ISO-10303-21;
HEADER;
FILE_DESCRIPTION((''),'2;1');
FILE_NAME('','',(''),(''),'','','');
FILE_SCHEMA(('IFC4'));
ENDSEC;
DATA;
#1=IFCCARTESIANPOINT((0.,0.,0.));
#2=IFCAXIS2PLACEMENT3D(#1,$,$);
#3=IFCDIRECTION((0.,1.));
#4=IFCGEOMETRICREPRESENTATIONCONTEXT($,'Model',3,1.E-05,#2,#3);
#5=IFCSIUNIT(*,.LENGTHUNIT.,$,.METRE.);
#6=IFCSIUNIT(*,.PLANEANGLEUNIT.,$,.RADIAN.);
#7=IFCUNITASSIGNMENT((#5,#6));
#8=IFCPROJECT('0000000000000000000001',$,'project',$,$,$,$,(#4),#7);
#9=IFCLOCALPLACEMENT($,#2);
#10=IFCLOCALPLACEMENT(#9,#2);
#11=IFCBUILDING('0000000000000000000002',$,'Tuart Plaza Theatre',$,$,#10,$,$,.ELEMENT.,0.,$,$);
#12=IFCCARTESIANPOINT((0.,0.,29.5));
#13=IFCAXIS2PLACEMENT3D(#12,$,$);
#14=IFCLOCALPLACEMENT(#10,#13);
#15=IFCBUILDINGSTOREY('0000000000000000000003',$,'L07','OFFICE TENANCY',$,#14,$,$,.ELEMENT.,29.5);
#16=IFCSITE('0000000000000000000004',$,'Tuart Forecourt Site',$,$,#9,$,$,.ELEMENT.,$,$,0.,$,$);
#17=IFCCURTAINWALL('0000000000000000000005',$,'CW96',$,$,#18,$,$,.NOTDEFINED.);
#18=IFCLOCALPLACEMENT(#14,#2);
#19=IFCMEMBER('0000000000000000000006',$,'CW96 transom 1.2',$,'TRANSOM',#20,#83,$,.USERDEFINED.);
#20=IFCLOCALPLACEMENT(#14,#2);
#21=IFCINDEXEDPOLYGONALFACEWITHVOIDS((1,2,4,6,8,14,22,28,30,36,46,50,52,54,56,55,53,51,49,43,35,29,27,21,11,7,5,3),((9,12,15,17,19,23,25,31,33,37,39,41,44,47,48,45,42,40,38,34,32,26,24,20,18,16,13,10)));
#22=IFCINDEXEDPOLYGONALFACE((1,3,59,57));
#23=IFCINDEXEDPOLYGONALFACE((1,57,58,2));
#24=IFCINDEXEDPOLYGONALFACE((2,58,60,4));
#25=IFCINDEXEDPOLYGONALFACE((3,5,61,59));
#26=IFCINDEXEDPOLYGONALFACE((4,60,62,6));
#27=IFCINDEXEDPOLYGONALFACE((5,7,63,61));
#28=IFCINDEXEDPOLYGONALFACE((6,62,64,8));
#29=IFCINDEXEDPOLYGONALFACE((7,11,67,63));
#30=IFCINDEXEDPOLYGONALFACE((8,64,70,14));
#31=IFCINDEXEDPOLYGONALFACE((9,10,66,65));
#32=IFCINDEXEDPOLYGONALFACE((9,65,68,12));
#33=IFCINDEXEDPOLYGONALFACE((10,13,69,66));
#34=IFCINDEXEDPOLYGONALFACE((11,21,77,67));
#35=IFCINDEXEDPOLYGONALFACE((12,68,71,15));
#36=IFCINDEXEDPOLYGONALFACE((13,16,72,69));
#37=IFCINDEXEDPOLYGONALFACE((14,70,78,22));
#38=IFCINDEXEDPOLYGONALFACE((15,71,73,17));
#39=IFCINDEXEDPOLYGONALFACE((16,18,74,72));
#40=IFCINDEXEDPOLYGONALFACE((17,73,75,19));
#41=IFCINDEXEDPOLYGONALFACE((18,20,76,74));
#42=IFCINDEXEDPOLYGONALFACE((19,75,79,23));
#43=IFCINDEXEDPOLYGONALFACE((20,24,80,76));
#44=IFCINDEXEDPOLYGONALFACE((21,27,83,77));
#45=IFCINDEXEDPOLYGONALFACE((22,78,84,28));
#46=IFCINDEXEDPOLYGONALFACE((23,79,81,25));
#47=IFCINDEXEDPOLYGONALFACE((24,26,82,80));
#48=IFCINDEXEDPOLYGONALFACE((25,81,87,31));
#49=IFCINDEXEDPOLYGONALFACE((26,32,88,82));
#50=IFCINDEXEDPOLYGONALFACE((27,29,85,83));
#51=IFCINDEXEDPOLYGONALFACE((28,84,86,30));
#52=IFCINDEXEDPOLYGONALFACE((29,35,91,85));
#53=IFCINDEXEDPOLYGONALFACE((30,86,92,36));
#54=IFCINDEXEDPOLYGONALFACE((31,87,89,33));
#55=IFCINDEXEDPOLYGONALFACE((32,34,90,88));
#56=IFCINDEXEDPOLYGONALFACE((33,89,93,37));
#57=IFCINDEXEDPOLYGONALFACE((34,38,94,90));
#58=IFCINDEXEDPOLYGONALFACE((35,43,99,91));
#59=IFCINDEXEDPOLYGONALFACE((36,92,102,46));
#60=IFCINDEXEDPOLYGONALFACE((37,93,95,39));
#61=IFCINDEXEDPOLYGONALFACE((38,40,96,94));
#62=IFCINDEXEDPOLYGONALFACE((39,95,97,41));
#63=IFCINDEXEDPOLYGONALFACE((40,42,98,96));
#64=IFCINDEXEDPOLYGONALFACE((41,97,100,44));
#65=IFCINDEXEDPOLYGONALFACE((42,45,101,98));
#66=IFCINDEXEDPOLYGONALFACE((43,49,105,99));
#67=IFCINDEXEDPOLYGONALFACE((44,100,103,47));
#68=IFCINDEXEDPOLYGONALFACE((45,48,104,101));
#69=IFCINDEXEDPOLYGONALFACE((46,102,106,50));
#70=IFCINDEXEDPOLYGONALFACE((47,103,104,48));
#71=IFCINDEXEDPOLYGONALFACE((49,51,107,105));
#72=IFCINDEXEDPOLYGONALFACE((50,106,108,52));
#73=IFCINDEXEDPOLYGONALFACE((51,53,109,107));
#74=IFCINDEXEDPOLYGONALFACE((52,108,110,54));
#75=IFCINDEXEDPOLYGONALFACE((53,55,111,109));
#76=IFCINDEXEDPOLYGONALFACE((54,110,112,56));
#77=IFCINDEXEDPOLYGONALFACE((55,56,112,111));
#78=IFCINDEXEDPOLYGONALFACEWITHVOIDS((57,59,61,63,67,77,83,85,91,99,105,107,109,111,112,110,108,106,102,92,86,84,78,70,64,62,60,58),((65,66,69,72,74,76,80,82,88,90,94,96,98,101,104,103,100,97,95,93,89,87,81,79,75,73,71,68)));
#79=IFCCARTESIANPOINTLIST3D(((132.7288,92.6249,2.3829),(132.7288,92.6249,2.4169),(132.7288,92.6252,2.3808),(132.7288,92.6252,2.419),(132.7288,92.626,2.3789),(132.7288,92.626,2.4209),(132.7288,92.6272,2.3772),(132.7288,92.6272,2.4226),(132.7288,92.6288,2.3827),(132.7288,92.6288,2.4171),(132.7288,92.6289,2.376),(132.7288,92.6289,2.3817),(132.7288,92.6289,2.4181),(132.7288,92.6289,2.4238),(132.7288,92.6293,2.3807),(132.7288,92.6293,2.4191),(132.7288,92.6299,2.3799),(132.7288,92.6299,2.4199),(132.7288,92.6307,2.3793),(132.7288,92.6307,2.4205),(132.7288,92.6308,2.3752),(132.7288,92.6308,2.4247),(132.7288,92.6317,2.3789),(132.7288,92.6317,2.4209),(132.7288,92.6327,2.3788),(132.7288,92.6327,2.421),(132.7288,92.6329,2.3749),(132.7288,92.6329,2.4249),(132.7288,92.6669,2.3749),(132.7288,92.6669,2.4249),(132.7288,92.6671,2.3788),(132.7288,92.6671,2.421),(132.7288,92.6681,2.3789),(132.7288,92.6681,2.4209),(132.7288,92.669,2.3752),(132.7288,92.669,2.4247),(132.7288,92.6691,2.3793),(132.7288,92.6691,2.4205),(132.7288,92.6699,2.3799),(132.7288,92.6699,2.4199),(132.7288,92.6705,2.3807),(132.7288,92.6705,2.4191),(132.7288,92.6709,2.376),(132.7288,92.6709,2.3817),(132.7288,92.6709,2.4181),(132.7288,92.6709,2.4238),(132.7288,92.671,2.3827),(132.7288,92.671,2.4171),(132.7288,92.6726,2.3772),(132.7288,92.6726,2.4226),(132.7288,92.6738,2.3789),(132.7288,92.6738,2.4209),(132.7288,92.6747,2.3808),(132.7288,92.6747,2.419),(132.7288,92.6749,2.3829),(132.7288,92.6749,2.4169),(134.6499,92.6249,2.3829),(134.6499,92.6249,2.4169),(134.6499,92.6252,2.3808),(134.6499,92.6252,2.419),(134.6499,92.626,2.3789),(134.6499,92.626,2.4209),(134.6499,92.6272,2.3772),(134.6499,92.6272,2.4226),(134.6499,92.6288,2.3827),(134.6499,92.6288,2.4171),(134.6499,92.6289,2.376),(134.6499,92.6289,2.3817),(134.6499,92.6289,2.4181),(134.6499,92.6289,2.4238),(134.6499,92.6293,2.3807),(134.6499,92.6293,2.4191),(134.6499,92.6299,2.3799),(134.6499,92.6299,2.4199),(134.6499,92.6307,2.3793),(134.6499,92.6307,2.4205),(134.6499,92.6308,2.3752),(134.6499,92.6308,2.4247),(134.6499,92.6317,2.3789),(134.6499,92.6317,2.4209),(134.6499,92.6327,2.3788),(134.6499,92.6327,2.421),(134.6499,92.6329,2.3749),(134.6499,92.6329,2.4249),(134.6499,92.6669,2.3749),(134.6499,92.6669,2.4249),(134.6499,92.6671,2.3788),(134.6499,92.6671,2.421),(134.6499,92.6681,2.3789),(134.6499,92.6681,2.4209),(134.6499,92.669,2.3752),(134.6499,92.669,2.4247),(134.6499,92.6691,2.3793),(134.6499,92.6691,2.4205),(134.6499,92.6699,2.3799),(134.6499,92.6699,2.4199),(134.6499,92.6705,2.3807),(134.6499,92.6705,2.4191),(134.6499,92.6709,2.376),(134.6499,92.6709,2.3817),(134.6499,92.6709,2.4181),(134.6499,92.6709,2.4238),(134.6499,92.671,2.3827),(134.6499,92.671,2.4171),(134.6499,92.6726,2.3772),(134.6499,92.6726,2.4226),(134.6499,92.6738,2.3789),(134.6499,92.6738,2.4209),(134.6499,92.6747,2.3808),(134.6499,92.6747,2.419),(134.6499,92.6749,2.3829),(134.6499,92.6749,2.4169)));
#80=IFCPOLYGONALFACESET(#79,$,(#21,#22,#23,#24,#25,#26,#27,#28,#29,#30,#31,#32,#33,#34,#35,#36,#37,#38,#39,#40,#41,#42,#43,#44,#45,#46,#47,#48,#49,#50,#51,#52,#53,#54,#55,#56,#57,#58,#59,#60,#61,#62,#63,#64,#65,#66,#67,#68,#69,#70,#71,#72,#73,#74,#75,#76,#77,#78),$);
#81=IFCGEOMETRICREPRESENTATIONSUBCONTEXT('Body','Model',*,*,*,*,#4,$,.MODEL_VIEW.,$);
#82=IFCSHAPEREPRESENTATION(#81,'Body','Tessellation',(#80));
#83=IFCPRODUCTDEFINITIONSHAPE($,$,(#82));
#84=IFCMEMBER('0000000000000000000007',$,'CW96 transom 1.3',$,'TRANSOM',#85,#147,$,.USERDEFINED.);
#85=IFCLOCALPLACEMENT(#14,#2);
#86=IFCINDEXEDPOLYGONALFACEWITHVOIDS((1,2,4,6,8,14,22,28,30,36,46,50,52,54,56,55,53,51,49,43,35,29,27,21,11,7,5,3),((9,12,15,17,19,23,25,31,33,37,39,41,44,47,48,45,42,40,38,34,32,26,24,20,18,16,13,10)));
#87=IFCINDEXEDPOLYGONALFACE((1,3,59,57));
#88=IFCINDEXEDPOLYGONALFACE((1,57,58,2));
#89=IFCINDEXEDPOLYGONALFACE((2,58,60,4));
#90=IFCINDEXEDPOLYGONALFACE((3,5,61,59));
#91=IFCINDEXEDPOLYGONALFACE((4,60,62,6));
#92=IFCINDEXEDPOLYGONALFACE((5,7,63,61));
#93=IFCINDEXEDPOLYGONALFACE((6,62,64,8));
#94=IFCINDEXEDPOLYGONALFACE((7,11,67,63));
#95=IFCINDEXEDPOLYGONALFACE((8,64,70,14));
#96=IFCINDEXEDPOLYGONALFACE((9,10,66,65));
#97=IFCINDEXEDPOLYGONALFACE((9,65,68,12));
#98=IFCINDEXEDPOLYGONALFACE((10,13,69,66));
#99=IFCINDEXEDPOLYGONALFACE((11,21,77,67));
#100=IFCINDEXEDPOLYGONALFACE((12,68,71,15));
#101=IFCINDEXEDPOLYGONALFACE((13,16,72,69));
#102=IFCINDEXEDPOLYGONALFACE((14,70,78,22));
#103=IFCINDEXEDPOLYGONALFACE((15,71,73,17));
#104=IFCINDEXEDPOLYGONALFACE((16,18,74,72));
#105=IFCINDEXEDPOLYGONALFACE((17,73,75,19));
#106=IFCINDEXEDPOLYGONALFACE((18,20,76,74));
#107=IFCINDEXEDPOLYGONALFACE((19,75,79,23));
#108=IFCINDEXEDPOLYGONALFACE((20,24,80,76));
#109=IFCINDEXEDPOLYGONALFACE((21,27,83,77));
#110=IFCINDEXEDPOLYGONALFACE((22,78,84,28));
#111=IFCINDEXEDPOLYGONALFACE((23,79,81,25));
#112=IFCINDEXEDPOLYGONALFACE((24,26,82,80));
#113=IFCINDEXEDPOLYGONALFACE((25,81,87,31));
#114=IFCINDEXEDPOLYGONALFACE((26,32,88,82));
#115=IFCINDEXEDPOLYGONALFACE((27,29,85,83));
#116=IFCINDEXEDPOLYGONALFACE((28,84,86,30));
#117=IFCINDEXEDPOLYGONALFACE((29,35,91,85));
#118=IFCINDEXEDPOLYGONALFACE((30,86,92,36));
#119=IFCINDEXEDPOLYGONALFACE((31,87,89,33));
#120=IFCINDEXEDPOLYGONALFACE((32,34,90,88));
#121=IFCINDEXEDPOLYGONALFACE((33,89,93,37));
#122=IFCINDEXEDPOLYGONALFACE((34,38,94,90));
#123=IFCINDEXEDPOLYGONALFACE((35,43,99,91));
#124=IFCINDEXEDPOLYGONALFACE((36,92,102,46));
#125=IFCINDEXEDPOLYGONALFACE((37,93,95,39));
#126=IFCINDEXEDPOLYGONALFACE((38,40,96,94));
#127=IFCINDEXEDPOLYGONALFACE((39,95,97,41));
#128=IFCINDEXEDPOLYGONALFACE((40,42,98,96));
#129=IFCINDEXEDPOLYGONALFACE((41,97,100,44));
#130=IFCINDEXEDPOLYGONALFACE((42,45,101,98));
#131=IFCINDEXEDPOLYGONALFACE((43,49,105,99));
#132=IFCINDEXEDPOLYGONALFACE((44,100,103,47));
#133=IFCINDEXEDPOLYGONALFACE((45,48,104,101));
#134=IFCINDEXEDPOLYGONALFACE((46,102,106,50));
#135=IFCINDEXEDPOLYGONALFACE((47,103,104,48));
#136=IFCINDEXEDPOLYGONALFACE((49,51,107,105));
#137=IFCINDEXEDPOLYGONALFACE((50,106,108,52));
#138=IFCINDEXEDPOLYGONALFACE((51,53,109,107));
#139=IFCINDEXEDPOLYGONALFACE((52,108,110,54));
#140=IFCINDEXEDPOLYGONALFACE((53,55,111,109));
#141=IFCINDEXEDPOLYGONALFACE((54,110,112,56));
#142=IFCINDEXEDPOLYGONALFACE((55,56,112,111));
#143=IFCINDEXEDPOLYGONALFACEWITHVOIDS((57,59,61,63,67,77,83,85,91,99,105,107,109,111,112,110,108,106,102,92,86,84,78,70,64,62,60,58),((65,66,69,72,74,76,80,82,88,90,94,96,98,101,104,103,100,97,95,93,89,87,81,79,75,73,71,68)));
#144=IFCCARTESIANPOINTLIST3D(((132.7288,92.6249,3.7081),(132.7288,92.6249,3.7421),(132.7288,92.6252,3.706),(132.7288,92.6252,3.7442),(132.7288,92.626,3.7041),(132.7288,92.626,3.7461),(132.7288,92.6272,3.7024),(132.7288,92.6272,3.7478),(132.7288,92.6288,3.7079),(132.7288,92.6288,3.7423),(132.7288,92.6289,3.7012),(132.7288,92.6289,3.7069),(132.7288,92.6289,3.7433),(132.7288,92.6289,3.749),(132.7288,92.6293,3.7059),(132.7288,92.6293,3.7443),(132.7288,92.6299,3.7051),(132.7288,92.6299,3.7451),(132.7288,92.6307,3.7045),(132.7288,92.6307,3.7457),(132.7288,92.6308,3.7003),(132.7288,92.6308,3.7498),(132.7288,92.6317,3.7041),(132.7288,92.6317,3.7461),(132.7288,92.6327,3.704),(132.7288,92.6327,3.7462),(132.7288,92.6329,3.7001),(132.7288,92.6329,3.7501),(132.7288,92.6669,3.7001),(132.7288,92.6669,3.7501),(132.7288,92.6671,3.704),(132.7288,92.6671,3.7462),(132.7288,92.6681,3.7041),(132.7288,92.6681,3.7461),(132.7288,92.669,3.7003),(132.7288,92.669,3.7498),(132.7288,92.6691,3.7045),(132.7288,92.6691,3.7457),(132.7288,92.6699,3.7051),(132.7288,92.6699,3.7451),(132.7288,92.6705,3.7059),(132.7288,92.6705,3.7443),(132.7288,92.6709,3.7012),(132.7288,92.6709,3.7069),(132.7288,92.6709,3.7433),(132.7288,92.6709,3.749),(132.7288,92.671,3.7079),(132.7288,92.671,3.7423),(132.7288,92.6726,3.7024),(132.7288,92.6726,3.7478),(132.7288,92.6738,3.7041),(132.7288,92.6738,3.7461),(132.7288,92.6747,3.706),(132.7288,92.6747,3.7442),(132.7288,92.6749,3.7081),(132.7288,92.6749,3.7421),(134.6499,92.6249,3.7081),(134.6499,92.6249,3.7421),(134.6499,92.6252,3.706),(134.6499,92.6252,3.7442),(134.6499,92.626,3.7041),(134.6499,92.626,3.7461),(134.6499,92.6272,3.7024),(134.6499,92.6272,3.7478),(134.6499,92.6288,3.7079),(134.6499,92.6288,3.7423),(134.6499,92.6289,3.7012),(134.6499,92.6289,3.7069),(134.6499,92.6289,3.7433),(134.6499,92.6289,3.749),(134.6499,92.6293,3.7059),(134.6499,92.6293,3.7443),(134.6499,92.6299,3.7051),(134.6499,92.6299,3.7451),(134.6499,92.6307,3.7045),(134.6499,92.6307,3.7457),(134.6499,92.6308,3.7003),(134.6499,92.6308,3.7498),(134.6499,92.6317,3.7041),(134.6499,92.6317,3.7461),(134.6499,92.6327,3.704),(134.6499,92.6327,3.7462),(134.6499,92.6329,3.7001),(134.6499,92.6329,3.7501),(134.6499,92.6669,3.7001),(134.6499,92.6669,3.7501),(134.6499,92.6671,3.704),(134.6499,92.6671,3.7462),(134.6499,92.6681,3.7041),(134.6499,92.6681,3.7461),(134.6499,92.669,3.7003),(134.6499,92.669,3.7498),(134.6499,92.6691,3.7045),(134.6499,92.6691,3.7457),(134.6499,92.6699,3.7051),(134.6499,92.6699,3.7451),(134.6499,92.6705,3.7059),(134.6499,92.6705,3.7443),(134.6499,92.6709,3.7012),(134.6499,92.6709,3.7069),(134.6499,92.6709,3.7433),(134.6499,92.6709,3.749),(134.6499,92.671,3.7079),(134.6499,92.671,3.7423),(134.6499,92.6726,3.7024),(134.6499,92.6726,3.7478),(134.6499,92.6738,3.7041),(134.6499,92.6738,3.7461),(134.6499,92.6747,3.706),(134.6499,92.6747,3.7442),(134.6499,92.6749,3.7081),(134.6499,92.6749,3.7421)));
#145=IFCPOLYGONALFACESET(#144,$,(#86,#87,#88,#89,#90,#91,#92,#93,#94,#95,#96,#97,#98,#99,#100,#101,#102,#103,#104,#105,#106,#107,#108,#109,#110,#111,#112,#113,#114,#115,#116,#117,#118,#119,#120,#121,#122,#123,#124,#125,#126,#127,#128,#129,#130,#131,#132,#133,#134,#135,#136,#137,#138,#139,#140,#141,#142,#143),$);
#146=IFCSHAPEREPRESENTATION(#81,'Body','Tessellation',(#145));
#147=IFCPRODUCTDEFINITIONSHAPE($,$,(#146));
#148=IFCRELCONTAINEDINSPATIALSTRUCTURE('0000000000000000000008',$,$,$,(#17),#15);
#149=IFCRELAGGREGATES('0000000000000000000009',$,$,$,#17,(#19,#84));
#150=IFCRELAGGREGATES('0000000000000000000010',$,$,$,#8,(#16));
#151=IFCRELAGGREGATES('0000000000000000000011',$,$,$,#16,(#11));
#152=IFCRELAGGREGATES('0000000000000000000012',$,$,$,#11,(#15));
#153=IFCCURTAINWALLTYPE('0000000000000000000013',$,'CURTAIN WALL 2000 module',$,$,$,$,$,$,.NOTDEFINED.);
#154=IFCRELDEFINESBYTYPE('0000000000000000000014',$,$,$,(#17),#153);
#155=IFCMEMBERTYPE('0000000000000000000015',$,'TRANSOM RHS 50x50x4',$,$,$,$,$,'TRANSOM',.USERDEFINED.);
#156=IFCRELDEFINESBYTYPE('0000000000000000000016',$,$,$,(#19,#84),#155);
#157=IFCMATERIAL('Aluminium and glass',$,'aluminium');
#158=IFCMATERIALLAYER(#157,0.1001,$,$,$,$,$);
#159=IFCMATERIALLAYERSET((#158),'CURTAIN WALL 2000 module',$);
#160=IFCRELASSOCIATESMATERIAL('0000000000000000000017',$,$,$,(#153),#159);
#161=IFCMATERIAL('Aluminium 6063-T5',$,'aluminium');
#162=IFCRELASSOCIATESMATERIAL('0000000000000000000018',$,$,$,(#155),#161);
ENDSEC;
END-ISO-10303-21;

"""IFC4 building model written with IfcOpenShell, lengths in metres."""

from ifc_helpers import new_model, si_unit, direction, frame, origin, origin_2d, place, context, subcontext, project, spatial, hollow_rectangle, extrude, material, layer, layer_set, material_profile, profile_set, type_object, element, aggregate, save


model = new_model("IFC4")

# Units and contexts
model_context = context("Model", 3, precision=1e-05, world=origin(), true_north=direction((0.0, 1.0)))
body_context = subcontext(model_context, "Body", "Model", "MODEL_VIEW")
ifc_project = project(units=[si_unit("LENGTHUNIT", "METRE"), si_unit("PLANEANGLEUNIT", "RADIAN")], contexts=[model_context])

# Site, building, storey
site_placement = place(None, origin())
site = spatial("IfcSite", under=ifc_project, at=site_placement, Name="Tuart Forecourt Site", CompositionType="ELEMENT", RefElevation=0.0)
building_placement = place(site_placement, origin())
building = spatial("IfcBuilding", under=site, at=building_placement, Name="Tuart Plaza Theatre", CompositionType="ELEMENT", ElevationOfRefHeight=0.0)
storey_placement = place(building_placement, frame((0.0, 0.0, 29.5)))
storey = spatial("IfcBuildingStorey", under=building, at=storey_placement, Name="L07", Description="OFFICE TENANCY", CompositionType="ELEMENT", Elevation=29.5)

# Curtain wall
ifc_material_1 = material(Name="Aluminium and glass", Category="aluminium")
ifc_layer_1 = layer(ifc_material_1, 0.1001)
ifc_layer_set_1 = layer_set([ifc_layer_1], Name="CURTAIN WALL 2000 module")
curtain_wall_type = type_object("IfcCurtainWallType", Name="CURTAIN WALL 2000 module", PredefinedType="NOTDEFINED", material=ifc_layer_set_1)
curtain_wall_1_placement = place(storey_placement, origin())
curtain_wall_1 = element("IfcCurtainWall", 1, at=curtain_wall_1_placement, inside=storey, type_object=curtain_wall_type, Name="CW96", PredefinedType="NOTDEFINED")

# Members
ifc_material_2 = material(Name="Aluminium 6063-T5", Category="aluminium")
ifc_material_profile_1 = material_profile(ifc_material_2, hollow_rectangle(XDim=0.05, YDim=0.05, WallThickness=0.0039, InnerFilletRadius=0.0039, OuterFilletRadius=0.0081, at=origin_2d()), Name="RHS 50x50x4")
ifc_profile_set_1 = profile_set([ifc_material_profile_1], Name="Aluminium 6063-T5")
member_type_1 = type_object("IfcMemberType", Name="TRANSOM RHS 50x50x4", ElementType="TRANSOM", PredefinedType="USERDEFINED", material=ifc_profile_set_1)
member_1_placement = place(storey_placement, frame((134.6499, 92.6499, 2.3999), z_axis=(-1.0, 0.0, 0.0), x_axis=(0.0, -1.0, 0.0)))
member_1 = element("IfcMember", 2, at=member_1_placement, type_object=member_type_1, Name="CW96 transom 1.2", ObjectType="TRANSOM", PredefinedType="USERDEFINED", context=body_context, shape_type="SweptSolid", body=[
    extrude(hollow_rectangle(XDim=0.05, YDim=0.05, WallThickness=0.0039, InnerFilletRadius=0.0039, OuterFilletRadius=0.0081, at=origin_2d()), origin(), (0.0, 0.0, 1.0), 1.9211),
])
member_2_placement = place(storey_placement, frame((134.6499, 92.6499, 3.7251), z_axis=(-1.0, 0.0, 0.0), x_axis=(0.0, -1.0, 0.0)))
member_2 = element("IfcMember", 3, at=member_2_placement, type_object=member_type_1, Name="CW96 transom 1.3", ObjectType="TRANSOM", PredefinedType="USERDEFINED", context=body_context, shape_type="SweptSolid", body=[
    extrude(hollow_rectangle(XDim=0.05, YDim=0.05, WallThickness=0.0039, InnerFilletRadius=0.0039, OuterFilletRadius=0.0081, at=origin_2d()), origin(), (0.0, 0.0, 1.0), 1.9211),
])

aggregate(curtain_wall_1, [member_1, member_2])

save(model, "model.ifc")
